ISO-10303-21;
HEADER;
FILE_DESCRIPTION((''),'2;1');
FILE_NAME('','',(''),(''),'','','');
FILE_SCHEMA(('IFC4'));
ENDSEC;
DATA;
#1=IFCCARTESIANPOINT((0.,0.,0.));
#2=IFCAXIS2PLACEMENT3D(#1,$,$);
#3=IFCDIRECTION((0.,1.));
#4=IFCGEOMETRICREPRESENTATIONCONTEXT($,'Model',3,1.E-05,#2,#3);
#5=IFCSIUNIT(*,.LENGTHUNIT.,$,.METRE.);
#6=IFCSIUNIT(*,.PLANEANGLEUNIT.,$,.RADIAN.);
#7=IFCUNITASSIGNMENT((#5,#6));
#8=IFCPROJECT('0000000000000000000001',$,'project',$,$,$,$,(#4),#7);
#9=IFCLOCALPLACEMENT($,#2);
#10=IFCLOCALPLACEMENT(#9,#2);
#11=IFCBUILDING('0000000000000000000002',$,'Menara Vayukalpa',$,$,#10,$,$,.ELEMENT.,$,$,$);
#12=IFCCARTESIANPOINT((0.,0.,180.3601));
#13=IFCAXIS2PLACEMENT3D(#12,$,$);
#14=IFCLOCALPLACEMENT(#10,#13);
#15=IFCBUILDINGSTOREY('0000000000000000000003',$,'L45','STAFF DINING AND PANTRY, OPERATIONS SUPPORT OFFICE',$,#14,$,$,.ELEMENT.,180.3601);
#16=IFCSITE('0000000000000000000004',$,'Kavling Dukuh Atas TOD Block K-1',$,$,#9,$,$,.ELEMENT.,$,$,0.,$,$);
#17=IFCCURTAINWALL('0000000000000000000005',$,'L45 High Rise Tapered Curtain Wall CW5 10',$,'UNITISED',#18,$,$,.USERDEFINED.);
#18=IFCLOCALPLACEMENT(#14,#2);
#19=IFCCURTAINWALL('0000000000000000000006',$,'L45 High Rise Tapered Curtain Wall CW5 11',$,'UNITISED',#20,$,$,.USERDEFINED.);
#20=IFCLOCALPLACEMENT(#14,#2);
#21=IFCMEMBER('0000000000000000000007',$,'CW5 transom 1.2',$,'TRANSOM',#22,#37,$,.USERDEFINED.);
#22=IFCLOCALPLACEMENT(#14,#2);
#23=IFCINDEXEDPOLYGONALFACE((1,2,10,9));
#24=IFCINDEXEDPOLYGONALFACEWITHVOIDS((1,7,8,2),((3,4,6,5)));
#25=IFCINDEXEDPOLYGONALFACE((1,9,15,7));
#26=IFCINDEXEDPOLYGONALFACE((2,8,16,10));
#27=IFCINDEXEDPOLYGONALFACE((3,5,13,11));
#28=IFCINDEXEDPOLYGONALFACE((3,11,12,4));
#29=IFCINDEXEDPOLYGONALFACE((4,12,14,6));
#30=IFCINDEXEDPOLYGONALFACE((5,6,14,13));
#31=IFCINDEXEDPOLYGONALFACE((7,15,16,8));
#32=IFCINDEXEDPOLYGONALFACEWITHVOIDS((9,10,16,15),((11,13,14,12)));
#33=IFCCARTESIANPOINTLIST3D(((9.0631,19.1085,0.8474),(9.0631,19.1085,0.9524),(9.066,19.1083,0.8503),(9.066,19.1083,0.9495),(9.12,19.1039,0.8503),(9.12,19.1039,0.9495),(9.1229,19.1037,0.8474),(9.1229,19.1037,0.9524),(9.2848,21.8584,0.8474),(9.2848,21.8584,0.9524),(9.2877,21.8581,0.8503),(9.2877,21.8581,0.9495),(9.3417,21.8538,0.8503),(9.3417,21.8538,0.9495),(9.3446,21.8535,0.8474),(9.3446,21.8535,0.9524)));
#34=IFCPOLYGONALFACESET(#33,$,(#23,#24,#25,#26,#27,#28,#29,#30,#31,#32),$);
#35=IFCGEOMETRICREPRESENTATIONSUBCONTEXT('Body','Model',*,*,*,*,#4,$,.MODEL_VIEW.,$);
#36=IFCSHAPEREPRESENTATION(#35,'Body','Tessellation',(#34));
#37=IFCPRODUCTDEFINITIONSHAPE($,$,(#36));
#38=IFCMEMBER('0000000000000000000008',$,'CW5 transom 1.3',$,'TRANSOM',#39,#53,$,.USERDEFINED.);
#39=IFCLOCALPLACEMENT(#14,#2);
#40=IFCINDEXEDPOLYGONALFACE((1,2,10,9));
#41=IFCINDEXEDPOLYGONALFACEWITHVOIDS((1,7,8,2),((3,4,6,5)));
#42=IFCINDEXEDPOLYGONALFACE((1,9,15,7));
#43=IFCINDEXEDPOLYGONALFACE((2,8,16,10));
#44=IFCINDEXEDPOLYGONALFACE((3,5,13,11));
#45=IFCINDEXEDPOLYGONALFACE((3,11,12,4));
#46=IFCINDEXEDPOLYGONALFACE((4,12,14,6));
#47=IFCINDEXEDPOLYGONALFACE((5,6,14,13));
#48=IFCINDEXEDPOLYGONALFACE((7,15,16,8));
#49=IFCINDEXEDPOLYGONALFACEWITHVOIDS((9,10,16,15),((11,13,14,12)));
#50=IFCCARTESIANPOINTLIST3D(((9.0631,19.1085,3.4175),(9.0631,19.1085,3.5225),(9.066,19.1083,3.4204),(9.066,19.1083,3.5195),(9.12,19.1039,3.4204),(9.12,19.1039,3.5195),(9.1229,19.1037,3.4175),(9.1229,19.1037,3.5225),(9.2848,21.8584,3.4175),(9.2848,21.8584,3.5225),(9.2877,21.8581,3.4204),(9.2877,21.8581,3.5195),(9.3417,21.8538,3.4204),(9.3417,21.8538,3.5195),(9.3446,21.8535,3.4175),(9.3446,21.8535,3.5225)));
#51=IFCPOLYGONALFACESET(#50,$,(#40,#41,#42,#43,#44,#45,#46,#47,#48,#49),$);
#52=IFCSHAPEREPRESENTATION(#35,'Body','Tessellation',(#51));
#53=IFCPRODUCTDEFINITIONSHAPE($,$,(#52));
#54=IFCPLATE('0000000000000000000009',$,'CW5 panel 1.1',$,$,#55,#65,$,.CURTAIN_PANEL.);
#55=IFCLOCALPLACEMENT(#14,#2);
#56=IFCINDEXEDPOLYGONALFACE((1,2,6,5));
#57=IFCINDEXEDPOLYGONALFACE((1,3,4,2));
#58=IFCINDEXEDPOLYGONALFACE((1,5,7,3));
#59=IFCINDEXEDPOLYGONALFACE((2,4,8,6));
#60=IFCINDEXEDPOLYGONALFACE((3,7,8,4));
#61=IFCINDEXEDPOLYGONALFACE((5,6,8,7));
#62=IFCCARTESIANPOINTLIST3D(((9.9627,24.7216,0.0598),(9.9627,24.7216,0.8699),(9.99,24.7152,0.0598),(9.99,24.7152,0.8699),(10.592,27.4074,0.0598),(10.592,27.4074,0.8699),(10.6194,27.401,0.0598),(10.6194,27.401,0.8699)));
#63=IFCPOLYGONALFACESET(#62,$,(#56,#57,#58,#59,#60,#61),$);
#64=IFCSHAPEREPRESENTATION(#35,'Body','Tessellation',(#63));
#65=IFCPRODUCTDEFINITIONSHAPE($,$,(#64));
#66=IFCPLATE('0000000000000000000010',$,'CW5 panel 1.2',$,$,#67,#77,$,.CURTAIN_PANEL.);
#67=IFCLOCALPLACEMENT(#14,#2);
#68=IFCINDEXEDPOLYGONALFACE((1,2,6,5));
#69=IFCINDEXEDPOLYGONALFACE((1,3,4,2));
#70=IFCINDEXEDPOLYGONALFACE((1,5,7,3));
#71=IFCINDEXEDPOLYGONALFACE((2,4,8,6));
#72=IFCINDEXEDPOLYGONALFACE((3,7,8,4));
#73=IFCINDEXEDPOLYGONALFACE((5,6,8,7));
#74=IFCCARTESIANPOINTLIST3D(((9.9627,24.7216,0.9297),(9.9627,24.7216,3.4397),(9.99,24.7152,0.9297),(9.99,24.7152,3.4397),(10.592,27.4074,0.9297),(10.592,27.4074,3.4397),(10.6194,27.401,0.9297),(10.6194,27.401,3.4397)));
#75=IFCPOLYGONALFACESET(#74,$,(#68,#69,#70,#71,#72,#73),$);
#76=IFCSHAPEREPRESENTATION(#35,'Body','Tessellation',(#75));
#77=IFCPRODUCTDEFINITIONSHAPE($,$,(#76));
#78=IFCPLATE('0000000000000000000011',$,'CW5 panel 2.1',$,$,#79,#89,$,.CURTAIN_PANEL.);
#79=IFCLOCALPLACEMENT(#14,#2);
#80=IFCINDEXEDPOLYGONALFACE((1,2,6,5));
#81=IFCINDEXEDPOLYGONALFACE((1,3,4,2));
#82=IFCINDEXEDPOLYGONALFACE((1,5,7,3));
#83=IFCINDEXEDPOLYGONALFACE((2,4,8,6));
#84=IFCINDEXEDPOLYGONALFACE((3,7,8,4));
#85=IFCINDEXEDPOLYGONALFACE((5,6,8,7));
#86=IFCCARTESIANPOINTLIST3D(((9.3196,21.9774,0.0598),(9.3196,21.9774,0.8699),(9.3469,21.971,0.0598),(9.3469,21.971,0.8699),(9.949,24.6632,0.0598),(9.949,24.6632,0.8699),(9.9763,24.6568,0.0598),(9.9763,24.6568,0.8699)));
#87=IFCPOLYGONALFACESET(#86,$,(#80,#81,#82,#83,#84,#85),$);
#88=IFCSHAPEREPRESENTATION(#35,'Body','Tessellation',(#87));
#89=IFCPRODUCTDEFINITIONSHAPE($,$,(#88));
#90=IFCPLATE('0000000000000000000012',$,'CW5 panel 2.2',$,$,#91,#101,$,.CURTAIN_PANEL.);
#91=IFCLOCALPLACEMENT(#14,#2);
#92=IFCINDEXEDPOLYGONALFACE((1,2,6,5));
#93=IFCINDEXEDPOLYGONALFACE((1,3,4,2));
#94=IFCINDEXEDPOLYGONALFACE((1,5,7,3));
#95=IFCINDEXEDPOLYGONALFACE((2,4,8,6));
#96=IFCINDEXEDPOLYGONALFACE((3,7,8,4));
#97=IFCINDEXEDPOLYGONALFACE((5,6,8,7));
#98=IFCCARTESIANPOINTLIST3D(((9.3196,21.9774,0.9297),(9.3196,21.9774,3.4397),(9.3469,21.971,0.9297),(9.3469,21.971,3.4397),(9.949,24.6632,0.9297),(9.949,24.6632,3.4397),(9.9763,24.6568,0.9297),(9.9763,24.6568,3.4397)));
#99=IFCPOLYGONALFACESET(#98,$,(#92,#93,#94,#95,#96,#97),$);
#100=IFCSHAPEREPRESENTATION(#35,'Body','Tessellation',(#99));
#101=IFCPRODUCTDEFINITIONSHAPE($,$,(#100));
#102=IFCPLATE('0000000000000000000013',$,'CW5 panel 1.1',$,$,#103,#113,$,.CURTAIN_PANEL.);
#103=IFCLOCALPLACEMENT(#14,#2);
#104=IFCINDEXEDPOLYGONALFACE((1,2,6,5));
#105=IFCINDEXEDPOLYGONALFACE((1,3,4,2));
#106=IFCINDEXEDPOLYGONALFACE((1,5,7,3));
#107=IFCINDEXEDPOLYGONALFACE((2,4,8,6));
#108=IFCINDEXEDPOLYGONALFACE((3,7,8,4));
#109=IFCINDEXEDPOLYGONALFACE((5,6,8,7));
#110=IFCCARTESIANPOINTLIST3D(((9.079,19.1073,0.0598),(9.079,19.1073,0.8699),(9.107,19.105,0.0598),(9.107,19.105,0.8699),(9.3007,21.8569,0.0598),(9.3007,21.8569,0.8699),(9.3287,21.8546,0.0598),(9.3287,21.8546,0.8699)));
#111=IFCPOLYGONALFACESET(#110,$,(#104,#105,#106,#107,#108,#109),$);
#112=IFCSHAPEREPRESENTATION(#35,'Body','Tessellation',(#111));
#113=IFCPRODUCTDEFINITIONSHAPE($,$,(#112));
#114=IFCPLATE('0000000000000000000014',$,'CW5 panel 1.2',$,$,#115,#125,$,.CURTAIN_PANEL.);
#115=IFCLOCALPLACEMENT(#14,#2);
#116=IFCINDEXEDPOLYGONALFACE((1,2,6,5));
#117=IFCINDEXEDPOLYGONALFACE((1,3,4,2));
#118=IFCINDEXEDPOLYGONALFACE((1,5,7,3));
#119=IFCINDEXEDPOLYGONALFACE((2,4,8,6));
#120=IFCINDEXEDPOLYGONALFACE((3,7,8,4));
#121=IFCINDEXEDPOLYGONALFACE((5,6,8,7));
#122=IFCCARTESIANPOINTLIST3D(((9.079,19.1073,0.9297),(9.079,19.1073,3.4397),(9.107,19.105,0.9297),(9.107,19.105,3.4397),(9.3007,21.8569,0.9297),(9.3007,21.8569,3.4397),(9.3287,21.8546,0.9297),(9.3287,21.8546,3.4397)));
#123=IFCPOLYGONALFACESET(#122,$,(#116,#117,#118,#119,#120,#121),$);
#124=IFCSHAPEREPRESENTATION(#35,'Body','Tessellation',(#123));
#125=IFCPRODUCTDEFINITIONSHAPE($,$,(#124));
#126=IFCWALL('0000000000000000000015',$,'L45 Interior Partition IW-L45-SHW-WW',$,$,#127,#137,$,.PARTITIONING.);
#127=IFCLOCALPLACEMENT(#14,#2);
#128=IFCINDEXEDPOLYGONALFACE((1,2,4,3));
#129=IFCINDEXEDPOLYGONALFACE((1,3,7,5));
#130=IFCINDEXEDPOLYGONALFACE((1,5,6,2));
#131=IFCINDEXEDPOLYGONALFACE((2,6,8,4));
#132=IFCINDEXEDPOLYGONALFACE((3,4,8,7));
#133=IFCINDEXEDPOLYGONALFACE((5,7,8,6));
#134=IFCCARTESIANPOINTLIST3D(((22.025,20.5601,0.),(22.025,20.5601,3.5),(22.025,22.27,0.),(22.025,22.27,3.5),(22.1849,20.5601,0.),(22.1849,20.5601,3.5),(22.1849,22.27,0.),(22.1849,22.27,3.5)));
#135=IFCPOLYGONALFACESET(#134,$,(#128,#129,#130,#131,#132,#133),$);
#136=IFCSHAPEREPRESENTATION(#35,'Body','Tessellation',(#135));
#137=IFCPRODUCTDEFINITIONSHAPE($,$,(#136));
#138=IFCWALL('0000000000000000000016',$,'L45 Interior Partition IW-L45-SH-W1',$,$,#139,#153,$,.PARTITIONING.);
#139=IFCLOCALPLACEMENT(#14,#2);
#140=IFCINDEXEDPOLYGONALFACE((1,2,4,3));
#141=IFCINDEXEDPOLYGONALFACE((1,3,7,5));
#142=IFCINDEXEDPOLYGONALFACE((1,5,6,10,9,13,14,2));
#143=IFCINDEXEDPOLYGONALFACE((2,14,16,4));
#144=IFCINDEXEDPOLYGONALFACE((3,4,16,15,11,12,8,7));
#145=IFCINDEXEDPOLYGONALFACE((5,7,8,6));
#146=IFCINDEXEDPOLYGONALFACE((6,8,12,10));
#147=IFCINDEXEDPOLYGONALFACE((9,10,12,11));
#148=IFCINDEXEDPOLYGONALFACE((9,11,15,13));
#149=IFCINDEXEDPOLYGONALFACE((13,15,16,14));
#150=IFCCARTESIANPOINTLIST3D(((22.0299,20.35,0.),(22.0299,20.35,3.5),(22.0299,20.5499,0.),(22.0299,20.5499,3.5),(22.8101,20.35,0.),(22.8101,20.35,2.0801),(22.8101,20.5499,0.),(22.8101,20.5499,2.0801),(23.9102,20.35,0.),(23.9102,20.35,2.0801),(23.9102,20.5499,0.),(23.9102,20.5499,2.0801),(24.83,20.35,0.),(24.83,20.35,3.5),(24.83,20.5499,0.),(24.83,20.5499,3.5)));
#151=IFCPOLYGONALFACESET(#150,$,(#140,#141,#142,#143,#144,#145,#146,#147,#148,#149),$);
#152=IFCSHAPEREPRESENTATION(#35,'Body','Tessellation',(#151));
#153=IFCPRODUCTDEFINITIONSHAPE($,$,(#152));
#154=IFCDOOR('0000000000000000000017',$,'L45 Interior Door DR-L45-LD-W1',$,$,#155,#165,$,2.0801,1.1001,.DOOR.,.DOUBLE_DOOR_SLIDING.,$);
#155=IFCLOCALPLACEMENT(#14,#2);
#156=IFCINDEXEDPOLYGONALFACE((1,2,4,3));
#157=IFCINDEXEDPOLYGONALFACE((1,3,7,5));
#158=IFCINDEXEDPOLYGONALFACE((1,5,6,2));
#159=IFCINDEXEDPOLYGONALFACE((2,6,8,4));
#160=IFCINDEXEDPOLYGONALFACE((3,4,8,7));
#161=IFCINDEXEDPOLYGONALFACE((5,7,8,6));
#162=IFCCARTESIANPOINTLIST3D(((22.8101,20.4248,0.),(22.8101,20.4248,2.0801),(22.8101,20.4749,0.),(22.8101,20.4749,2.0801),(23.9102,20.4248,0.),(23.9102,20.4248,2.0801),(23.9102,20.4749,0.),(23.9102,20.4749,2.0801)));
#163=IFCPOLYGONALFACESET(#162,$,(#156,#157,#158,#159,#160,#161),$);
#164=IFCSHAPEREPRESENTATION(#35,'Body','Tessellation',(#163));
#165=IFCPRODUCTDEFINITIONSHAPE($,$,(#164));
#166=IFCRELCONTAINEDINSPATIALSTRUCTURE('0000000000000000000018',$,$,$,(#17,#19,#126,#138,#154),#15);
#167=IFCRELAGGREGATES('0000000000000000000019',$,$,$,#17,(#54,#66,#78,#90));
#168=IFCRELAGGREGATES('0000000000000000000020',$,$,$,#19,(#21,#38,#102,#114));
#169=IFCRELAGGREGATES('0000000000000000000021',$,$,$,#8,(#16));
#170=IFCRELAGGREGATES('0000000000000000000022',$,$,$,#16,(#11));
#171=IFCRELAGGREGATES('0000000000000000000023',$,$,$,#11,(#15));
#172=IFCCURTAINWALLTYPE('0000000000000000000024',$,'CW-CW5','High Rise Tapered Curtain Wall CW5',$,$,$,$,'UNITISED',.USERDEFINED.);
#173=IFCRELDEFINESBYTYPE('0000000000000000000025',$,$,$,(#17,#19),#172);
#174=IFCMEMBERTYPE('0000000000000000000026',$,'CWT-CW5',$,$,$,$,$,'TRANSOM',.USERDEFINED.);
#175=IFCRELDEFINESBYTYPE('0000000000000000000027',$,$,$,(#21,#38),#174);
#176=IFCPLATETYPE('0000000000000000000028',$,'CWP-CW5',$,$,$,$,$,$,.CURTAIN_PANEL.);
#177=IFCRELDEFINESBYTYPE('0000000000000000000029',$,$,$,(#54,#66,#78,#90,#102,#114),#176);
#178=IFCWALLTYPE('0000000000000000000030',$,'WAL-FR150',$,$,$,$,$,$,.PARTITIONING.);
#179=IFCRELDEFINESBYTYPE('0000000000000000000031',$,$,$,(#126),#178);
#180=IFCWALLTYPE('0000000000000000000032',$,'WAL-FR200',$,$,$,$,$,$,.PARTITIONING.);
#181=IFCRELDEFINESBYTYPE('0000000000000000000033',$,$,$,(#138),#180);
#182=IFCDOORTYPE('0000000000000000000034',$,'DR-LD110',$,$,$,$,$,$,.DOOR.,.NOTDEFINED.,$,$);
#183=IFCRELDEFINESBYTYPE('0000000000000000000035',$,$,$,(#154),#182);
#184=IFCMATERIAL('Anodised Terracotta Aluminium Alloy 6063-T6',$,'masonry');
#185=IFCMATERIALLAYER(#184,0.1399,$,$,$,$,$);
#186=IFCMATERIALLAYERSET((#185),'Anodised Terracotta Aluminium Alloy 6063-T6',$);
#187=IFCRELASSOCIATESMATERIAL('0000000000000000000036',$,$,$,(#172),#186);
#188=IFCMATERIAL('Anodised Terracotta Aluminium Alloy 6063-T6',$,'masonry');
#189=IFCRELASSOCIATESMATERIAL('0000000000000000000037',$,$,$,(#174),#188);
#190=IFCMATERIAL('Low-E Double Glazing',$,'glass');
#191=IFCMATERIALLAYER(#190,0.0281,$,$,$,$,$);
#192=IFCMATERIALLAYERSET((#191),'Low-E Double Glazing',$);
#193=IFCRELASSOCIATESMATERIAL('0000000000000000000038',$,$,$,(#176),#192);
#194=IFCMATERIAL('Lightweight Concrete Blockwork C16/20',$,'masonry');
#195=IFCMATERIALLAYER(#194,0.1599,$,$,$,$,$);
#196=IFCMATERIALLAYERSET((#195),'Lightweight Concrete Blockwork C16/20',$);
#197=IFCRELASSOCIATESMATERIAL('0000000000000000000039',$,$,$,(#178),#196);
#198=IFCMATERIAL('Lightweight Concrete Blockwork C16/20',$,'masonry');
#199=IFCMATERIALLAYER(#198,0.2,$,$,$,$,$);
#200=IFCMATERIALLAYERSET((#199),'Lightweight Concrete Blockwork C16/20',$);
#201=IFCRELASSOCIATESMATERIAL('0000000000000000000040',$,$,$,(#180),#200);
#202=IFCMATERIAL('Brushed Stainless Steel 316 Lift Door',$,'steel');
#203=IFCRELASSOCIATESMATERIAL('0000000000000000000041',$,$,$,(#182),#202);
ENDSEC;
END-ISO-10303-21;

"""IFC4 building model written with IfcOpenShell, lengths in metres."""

from ifc_helpers import new_model, si_unit, direction, frame, frame_2d, origin, origin_2d, place, context, subcontext, project, spatial, rectangle, hollow_rectangle, extrude, material, layer, layer_set, material_profile, profile_set, type_object, element, fill, aggregate, save


model = new_model("IFC4")

# Units and contexts
model_context = context("Model", 3, precision=1e-05, world=origin(), true_north=direction((0.0, 1.0)))
body_context = subcontext(model_context, "Body", "Model", "MODEL_VIEW")
ifc_project = project(units=[si_unit("LENGTHUNIT", "METRE"), si_unit("PLANEANGLEUNIT", "RADIAN")], contexts=[model_context])

# Site, building, storey
site_placement = place(None, origin())
site = spatial("IfcSite", under=ifc_project, at=site_placement, Name="Kavling Dukuh Atas TOD Block K-1", CompositionType="ELEMENT", RefElevation=0.0)
building_placement = place(site_placement, origin())
building = spatial("IfcBuilding", under=site, at=building_placement, Name="Menara Vayukalpa", CompositionType="ELEMENT")
storey_placement = place(building_placement, frame((0.0, 0.0, 180.3601)))
storey = spatial("IfcBuildingStorey", under=building, at=storey_placement, Name="L45", Description="STAFF DINING AND PANTRY, OPERATIONS SUPPORT OFFICE", CompositionType="ELEMENT", Elevation=180.3601)

# Curtain wall
ifc_material_1 = material(Name="Anodised Terracotta Aluminium Alloy 6063-T6", Category="masonry")
ifc_layer_1 = layer(ifc_material_1, 0.1399)
ifc_layer_set_1 = layer_set([ifc_layer_1], Name="Anodised Terracotta Aluminium Alloy 6063-T6")
curtain_wall_type = type_object("IfcCurtainWallType", Name="CW-CW5", Description="High Rise Tapered Curtain Wall CW5", ElementType="UNITISED", PredefinedType="USERDEFINED", material=ifc_layer_set_1)
curtain_wall_1_placement = place(storey_placement, origin())
curtain_wall_1 = element("IfcCurtainWall", 1, at=curtain_wall_1_placement, inside=storey, type_object=curtain_wall_type, Name="L45 High Rise Tapered Curtain Wall CW5 10", ObjectType="UNITISED", PredefinedType="USERDEFINED")

# Curtain wall
curtain_wall_2_placement = place(storey_placement, origin())
curtain_wall_2 = element("IfcCurtainWall", 2, at=curtain_wall_2_placement, inside=storey, type_object=curtain_wall_type, Name="L45 High Rise Tapered Curtain Wall CW5 11", ObjectType="UNITISED", PredefinedType="USERDEFINED")

# Members
ifc_material_2 = material(Name="Anodised Terracotta Aluminium Alloy 6063-T6", Category="masonry")
ifc_material_profile_1 = material_profile(ifc_material_2, hollow_rectangle(XDim=0.0601, YDim=0.105, WallThickness=0.0029, at=origin_2d()), Name="ALU 60x105x3")
ifc_profile_set_1 = profile_set([ifc_material_profile_1], Name="Anodised Terracotta Aluminium Alloy 6063-T6")
member_type_1 = type_object("IfcMemberType", Name="CWT-CW5", ElementType="TRANSOM", PredefinedType="USERDEFINED", material=ifc_profile_set_1)
member_1_placement = place(storey_placement, frame((9.3147, 21.856, 0.8999), z_axis=(-0.080357, -0.996766, 0.0), x_axis=(0.996766, -0.080357, 0.0)))
member_1 = element("IfcMember", 3, at=member_1_placement, type_object=member_type_1, Name="CW5 transom 1.2", ObjectType="TRANSOM", PredefinedType="USERDEFINED", context=body_context, shape_type="SweptSolid", body=[
    extrude(hollow_rectangle(XDim=0.0601, YDim=0.105, WallThickness=0.0029, at=origin_2d()), origin(), (0.0, 0.0, 1.0), 2.7588),
])
member_2_placement = place(storey_placement, frame((9.3147, 21.856, 3.47), z_axis=(-0.080357, -0.996766, 0.0), x_axis=(0.996766, -0.080357, 0.0)))
member_2 = element("IfcMember", 4, at=member_2_placement, type_object=member_type_1, Name="CW5 transom 1.3", ObjectType="TRANSOM", PredefinedType="USERDEFINED", context=body_context, shape_type="SweptSolid", body=[
    extrude(hollow_rectangle(XDim=0.0601, YDim=0.105, WallThickness=0.0029, at=origin_2d()), origin(), (0.0, 0.0, 1.0), 2.7588),
])

# Plates
ifc_material_3 = material(Name="Low-E Double Glazing", Category="glass")
ifc_layer_2 = layer(ifc_material_3, 0.0281)
ifc_layer_set_2 = layer_set([ifc_layer_2], Name="Low-E Double Glazing")
plate_type = type_object("IfcPlateType", Name="CWP-CW5", PredefinedType="CURTAIN_PANEL", material=ifc_layer_set_2)
plate_1_placement = place(storey_placement, frame((10.291, 26.0613, 0.0598), z_axis=(0.0, 0.0, 1.0), x_axis=(-0.228149, -0.973626, 0.0)))
plate_1 = element("IfcPlate", 5, at=plate_1_placement, type_object=plate_type, Name="CW5 panel 1.1", PredefinedType="CURTAIN_PANEL", context=body_context, shape_type="SweptSolid", body=[
    extrude(rectangle(XDim=2.7585, YDim=0.0281, at=origin_2d()), origin(), (0.0, 0.0, 1.0), 0.8101),
])
plate_2_placement = place(storey_placement, frame((10.291, 26.0613, 0.9297), z_axis=(0.0, 0.0, 1.0), x_axis=(-0.228149, -0.973626, 0.0)))
plate_2 = element("IfcPlate", 6, at=plate_2_placement, type_object=plate_type, Name="CW5 panel 1.2", PredefinedType="CURTAIN_PANEL", context=body_context, shape_type="SweptSolid", body=[
    extrude(rectangle(XDim=2.7585, YDim=0.0281, at=origin_2d()), origin(), (0.0, 0.0, 1.0), 2.51),
])
plate_3_placement = place(storey_placement, frame((9.6479, 23.3171, 0.0598), z_axis=(0.0, 0.0, 1.0), x_axis=(-0.228149, -0.973626, 0.0)))
plate_3 = element("IfcPlate", 7, at=plate_3_placement, type_object=plate_type, Name="CW5 panel 2.1", PredefinedType="CURTAIN_PANEL", context=body_context, shape_type="SweptSolid", body=[
    extrude(rectangle(XDim=2.7585, YDim=0.0281, at=origin_2d()), origin(), (0.0, 0.0, 1.0), 0.8101),
])
plate_4_placement = place(storey_placement, frame((9.6479, 23.3171, 0.9297), z_axis=(0.0, 0.0, 1.0), x_axis=(-0.228149, -0.973626, 0.0)))
plate_4 = element("IfcPlate", 8, at=plate_4_placement, type_object=plate_type, Name="CW5 panel 2.2", PredefinedType="CURTAIN_PANEL", context=body_context, shape_type="SweptSolid", body=[
    extrude(rectangle(XDim=2.7585, YDim=0.0281, at=origin_2d()), origin(), (0.0, 0.0, 1.0), 2.51),
])
aggregate(curtain_wall_1, [plate_1, plate_2, plate_3, plate_4])
plate_5_placement = place(storey_placement, frame((9.2039, 20.481, 0.0598), z_axis=(0.0, 0.0, 1.0), x_axis=(-0.080374, -0.996765, 0.0)))
plate_5 = element("IfcPlate", 9, at=plate_5_placement, type_object=plate_type, Name="CW5 panel 1.1", PredefinedType="CURTAIN_PANEL", context=body_context, shape_type="SweptSolid", body=[
    extrude(rectangle(XDim=2.7585, YDim=0.0281, at=origin_2d()), origin(), (0.0, 0.0, 1.0), 0.8101),
])
plate_6_placement = place(storey_placement, frame((9.2039, 20.481, 0.9297), z_axis=(0.0, 0.0, 1.0), x_axis=(-0.080374, -0.996765, 0.0)))
plate_6 = element("IfcPlate", 10, at=plate_6_placement, type_object=plate_type, Name="CW5 panel 1.2", PredefinedType="CURTAIN_PANEL", context=body_context, shape_type="SweptSolid", body=[
    extrude(rectangle(XDim=2.7585, YDim=0.0281, at=origin_2d()), origin(), (0.0, 0.0, 1.0), 2.51),
])
aggregate(curtain_wall_2, [member_1, member_2, plate_5, plate_6])

# Wall
ifc_material_4 = material(Name="Lightweight Concrete Blockwork C16/20", Category="masonry")
ifc_layer_3 = layer(ifc_material_4, 0.1599)
ifc_layer_set_3 = layer_set([ifc_layer_3], Name="Lightweight Concrete Blockwork C16/20")
wall_type_1 = type_object("IfcWallType", Name="WAL-FR150", PredefinedType="PARTITIONING", material=ifc_layer_set_3)
wall_1_placement = place(storey_placement, frame((22.105, 20.5601, 0.0), z_axis=(0.0, 0.0, 1.0), x_axis=(0.0, 1.0, 0.0)))
element("IfcWall", 11, at=wall_1_placement, inside=storey, type_object=wall_type_1, Name="L45 Interior Partition IW-L45-SHW-WW", PredefinedType="PARTITIONING", context=body_context, shape_type="SweptSolid", body=[
    extrude(rectangle(XDim=1.71, YDim=0.1599, at=frame_2d((0.855, 0.0))), origin(), (0.0, 0.0, 1.0), 3.5),
])

# Wall, opening, door
ifc_material_5 = material(Name="Lightweight Concrete Blockwork C16/20", Category="masonry")
ifc_layer_4 = layer(ifc_material_5, 0.2)
ifc_layer_set_4 = layer_set([ifc_layer_4], Name="Lightweight Concrete Blockwork C16/20")
wall_type_2 = type_object("IfcWallType", Name="WAL-FR200", PredefinedType="PARTITIONING", material=ifc_layer_set_4)
wall_2_placement = place(storey_placement, frame((22.03, 20.45, 0.0), z_axis=(0.0, 0.0, 1.0), x_axis=(1.0, 0.0, 0.0)))
wall_2 = element("IfcWall", 12, at=wall_2_placement, inside=storey, type_object=wall_type_2, Name="L45 Interior Partition IW-L45-SH-W1", PredefinedType="PARTITIONING", context=body_context, shape_type="SweptSolid", body=[
    extrude(rectangle(XDim=2.8, YDim=0.2, at=frame_2d((1.3999, 0.0))), origin(), (0.0, 0.0, 1.0), 3.5),
])
opening_1_placement = place(wall_2_placement, frame((0.78, 0.0, 0.0)))
opening_1 = element("IfcOpeningElement", 13, at=opening_1_placement, cuts=wall_2, PredefinedType="OPENING", context=body_context, shape_type="SweptSolid", body=[
    extrude(rectangle(XDim=1.1001, YDim=2.0801, at=frame_2d((0.55, 1.04))), frame((0.0, 0.1099, 0.0), z_axis=(0.0, -1.0, 0.0), x_axis=(1.0, 0.0, 0.0)), (0.0, 0.0, 1.0), 0.22),
])
ifc_material_6 = material(Name="Brushed Stainless Steel 316 Lift Door", Category="steel")
door_type_1 = type_object("IfcDoorType", Name="DR-LD110", OperationType="NOTDEFINED", PredefinedType="DOOR", material=ifc_material_6)
door_1_placement = place(opening_1_placement, origin())
door_1 = element("IfcDoor", 14, at=door_1_placement, inside=storey, type_object=door_type_1, Name="L45 Interior Door DR-L45-LD-W1", OperationType="DOUBLE_DOOR_SLIDING", OverallHeight=2.0801, OverallWidth=1.1001, PredefinedType="DOOR", context=body_context, shape_type="SweptSolid", body=[
    extrude(rectangle(XDim=1.1001, YDim=2.0801, at=frame_2d((0.55, 1.04))), frame((0.0, 0.0249, 0.0), z_axis=(0.0, -1.0, 0.0), x_axis=(1.0, 0.0, 0.0)), (0.0, 0.0, 1.0), 0.05),
])
fill(opening_1, door_1)

save(model, "model.ifc")
